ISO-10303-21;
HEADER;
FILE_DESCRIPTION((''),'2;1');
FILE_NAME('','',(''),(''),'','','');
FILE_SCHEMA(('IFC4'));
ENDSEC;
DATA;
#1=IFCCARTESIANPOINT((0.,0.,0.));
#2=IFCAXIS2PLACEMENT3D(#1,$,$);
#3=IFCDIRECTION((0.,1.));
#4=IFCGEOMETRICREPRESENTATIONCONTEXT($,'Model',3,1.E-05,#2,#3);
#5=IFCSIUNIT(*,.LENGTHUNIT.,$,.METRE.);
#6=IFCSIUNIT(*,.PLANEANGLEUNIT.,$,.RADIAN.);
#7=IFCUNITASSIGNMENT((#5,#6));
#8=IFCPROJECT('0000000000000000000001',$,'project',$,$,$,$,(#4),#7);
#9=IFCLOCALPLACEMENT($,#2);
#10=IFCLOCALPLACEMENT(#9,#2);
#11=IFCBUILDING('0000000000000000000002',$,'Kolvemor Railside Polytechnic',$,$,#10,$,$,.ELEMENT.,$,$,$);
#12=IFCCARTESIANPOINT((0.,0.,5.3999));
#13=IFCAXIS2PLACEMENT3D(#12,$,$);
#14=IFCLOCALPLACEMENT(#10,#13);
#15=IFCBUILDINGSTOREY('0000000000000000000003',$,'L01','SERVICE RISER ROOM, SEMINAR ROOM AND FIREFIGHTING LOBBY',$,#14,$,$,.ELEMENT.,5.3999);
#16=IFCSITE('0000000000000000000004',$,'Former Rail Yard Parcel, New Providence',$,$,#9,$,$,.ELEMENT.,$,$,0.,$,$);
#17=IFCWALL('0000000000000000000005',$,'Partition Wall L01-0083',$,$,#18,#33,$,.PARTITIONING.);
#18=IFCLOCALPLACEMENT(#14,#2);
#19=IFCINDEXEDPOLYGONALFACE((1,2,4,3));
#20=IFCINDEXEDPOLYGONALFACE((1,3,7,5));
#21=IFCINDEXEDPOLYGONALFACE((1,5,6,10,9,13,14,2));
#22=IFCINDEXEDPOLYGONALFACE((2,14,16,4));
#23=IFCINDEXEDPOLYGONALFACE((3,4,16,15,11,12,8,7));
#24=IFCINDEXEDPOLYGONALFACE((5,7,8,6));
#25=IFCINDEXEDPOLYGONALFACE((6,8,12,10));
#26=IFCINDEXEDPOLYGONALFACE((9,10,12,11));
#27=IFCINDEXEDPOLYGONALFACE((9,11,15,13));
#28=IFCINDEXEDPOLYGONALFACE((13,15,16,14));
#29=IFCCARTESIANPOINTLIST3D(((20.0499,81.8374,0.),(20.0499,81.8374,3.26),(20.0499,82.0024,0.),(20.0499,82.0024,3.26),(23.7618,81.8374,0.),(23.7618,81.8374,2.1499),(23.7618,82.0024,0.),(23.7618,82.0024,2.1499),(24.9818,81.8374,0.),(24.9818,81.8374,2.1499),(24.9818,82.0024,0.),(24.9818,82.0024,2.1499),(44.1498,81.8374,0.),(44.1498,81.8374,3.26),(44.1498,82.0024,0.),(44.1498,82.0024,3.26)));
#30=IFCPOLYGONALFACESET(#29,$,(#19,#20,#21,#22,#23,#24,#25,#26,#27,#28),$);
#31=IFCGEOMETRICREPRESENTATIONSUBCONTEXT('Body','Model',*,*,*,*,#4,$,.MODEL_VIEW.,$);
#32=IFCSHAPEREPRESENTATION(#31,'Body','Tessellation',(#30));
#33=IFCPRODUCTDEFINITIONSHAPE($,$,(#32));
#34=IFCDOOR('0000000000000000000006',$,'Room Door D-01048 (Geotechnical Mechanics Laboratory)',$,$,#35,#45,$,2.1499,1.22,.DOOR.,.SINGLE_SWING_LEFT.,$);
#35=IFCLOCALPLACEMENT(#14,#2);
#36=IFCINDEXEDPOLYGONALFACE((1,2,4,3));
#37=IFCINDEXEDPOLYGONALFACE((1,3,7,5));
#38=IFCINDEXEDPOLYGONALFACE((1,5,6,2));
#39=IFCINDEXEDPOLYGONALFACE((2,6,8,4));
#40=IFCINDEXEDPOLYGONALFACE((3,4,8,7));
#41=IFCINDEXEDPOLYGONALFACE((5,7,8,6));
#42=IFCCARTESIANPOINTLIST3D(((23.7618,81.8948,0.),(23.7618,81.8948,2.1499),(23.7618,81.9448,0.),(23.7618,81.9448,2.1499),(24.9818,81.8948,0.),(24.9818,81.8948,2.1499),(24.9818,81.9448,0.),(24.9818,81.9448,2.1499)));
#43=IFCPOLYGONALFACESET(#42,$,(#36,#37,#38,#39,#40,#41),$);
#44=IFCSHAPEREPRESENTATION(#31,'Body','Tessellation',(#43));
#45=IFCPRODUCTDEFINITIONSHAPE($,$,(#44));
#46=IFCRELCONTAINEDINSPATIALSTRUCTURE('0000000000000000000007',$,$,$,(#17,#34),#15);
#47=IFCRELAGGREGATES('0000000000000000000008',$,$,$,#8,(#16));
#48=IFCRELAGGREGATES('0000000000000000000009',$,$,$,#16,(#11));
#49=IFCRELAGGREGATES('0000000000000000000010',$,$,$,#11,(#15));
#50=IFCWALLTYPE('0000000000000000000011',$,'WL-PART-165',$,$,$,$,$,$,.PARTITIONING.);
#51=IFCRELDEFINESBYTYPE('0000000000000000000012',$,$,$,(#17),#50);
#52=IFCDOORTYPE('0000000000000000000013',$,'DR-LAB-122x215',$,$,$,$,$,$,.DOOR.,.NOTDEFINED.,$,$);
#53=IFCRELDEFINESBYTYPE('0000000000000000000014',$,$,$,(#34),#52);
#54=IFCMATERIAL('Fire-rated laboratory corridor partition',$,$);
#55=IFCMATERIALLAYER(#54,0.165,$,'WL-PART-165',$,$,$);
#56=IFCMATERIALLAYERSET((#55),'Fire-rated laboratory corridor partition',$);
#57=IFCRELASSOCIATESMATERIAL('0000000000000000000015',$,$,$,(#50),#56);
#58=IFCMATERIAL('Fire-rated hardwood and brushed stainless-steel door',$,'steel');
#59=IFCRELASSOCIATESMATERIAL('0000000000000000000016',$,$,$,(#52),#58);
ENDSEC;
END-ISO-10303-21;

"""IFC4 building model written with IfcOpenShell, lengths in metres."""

from ifc_helpers import new_model, si_unit, direction, frame, frame_2d, origin, place, context, subcontext, project, spatial, rectangle, extrude, material, layer, layer_set, type_object, element, fill, save


model = new_model("IFC4")

# Units and contexts
model_context = context("Model", 3, precision=1e-05, world=origin(), true_north=direction((0.0, 1.0)))
body_context = subcontext(model_context, "Body", "Model", "MODEL_VIEW")
ifc_project = project(units=[si_unit("LENGTHUNIT", "METRE"), si_unit("PLANEANGLEUNIT", "RADIAN")], contexts=[model_context])

# Site, building, storey
site_placement = place(None, origin())
site = spatial("IfcSite", under=ifc_project, at=site_placement, Name="Former Rail Yard Parcel, New Providence", CompositionType="ELEMENT", RefElevation=0.0)
building_placement = place(site_placement, origin())
building = spatial("IfcBuilding", under=site, at=building_placement, Name="Kolvemor Railside Polytechnic", CompositionType="ELEMENT")
storey_placement = place(building_placement, frame((0.0, 0.0, 5.3999)))
storey = spatial("IfcBuildingStorey", under=building, at=storey_placement, Name="L01", Description="SERVICE RISER ROOM, SEMINAR ROOM AND FIREFIGHTING LOBBY", CompositionType="ELEMENT", Elevation=5.3999)

# Wall, opening, door
ifc_material_1 = material(Name="Fire-rated laboratory corridor partition")
ifc_layer_1 = layer(ifc_material_1, 0.165, Name="WL-PART-165")
ifc_layer_set_1 = layer_set([ifc_layer_1], Name="Fire-rated laboratory corridor partition")
wall_type = type_object("IfcWallType", Name="WL-PART-165", PredefinedType="PARTITIONING", material=ifc_layer_set_1)
wall_placement = place(storey_placement, frame((20.05, 81.9199, 0.0), z_axis=(0.0, 0.0, 1.0), x_axis=(1.0, 0.0, 0.0)))
wall = element("IfcWall", 1, at=wall_placement, inside=storey, type_object=wall_type, Name="Partition Wall L01-0083", PredefinedType="PARTITIONING", context=body_context, shape_type="SweptSolid", body=[
    extrude(rectangle(XDim=24.0999, YDim=0.165, at=frame_2d((12.0498, 0.0))), origin(), (0.0, 0.0, 1.0), 3.26),
])
opening_placement = place(wall_placement, frame((3.7119, 0.0, 0.0)))
opening = element("IfcOpeningElement", 2, at=opening_placement, cuts=wall, PredefinedType="OPENING", context=body_context, shape_type="SweptSolid", body=[
    extrude(rectangle(XDim=1.22, YDim=2.1499, at=frame_2d((0.6099, 1.075))), frame((0.0, 0.0925, 0.0), z_axis=(0.0, -1.0, 0.0), x_axis=(1.0, 0.0, 0.0)), (0.0, 0.0, 1.0), 0.1851),
])
ifc_material_2 = material(Name="Fire-rated hardwood and brushed stainless-steel door", Category="steel")
door_type = type_object("IfcDoorType", Name="DR-LAB-122x215", OperationType="NOTDEFINED", PredefinedType="DOOR", material=ifc_material_2)
door_placement = place(opening_placement, origin())
door = element("IfcDoor", 3, at=door_placement, inside=storey, type_object=door_type, Name="Room Door D-01048 (Geotechnical Mechanics Laboratory)", OperationType="SINGLE_SWING_LEFT", OverallHeight=2.1499, OverallWidth=1.22, PredefinedType="DOOR", context=body_context, shape_type="SweptSolid", body=[
    extrude(rectangle(XDim=1.22, YDim=2.1499, at=frame_2d((0.6099, 1.075))), frame((0.0, 0.0249, 0.0), z_axis=(0.0, -1.0, 0.0), x_axis=(1.0, 0.0, 0.0)), (0.0, 0.0, 1.0), 0.05),
])
fill(opening, door)

save(model, "model.ifc")
